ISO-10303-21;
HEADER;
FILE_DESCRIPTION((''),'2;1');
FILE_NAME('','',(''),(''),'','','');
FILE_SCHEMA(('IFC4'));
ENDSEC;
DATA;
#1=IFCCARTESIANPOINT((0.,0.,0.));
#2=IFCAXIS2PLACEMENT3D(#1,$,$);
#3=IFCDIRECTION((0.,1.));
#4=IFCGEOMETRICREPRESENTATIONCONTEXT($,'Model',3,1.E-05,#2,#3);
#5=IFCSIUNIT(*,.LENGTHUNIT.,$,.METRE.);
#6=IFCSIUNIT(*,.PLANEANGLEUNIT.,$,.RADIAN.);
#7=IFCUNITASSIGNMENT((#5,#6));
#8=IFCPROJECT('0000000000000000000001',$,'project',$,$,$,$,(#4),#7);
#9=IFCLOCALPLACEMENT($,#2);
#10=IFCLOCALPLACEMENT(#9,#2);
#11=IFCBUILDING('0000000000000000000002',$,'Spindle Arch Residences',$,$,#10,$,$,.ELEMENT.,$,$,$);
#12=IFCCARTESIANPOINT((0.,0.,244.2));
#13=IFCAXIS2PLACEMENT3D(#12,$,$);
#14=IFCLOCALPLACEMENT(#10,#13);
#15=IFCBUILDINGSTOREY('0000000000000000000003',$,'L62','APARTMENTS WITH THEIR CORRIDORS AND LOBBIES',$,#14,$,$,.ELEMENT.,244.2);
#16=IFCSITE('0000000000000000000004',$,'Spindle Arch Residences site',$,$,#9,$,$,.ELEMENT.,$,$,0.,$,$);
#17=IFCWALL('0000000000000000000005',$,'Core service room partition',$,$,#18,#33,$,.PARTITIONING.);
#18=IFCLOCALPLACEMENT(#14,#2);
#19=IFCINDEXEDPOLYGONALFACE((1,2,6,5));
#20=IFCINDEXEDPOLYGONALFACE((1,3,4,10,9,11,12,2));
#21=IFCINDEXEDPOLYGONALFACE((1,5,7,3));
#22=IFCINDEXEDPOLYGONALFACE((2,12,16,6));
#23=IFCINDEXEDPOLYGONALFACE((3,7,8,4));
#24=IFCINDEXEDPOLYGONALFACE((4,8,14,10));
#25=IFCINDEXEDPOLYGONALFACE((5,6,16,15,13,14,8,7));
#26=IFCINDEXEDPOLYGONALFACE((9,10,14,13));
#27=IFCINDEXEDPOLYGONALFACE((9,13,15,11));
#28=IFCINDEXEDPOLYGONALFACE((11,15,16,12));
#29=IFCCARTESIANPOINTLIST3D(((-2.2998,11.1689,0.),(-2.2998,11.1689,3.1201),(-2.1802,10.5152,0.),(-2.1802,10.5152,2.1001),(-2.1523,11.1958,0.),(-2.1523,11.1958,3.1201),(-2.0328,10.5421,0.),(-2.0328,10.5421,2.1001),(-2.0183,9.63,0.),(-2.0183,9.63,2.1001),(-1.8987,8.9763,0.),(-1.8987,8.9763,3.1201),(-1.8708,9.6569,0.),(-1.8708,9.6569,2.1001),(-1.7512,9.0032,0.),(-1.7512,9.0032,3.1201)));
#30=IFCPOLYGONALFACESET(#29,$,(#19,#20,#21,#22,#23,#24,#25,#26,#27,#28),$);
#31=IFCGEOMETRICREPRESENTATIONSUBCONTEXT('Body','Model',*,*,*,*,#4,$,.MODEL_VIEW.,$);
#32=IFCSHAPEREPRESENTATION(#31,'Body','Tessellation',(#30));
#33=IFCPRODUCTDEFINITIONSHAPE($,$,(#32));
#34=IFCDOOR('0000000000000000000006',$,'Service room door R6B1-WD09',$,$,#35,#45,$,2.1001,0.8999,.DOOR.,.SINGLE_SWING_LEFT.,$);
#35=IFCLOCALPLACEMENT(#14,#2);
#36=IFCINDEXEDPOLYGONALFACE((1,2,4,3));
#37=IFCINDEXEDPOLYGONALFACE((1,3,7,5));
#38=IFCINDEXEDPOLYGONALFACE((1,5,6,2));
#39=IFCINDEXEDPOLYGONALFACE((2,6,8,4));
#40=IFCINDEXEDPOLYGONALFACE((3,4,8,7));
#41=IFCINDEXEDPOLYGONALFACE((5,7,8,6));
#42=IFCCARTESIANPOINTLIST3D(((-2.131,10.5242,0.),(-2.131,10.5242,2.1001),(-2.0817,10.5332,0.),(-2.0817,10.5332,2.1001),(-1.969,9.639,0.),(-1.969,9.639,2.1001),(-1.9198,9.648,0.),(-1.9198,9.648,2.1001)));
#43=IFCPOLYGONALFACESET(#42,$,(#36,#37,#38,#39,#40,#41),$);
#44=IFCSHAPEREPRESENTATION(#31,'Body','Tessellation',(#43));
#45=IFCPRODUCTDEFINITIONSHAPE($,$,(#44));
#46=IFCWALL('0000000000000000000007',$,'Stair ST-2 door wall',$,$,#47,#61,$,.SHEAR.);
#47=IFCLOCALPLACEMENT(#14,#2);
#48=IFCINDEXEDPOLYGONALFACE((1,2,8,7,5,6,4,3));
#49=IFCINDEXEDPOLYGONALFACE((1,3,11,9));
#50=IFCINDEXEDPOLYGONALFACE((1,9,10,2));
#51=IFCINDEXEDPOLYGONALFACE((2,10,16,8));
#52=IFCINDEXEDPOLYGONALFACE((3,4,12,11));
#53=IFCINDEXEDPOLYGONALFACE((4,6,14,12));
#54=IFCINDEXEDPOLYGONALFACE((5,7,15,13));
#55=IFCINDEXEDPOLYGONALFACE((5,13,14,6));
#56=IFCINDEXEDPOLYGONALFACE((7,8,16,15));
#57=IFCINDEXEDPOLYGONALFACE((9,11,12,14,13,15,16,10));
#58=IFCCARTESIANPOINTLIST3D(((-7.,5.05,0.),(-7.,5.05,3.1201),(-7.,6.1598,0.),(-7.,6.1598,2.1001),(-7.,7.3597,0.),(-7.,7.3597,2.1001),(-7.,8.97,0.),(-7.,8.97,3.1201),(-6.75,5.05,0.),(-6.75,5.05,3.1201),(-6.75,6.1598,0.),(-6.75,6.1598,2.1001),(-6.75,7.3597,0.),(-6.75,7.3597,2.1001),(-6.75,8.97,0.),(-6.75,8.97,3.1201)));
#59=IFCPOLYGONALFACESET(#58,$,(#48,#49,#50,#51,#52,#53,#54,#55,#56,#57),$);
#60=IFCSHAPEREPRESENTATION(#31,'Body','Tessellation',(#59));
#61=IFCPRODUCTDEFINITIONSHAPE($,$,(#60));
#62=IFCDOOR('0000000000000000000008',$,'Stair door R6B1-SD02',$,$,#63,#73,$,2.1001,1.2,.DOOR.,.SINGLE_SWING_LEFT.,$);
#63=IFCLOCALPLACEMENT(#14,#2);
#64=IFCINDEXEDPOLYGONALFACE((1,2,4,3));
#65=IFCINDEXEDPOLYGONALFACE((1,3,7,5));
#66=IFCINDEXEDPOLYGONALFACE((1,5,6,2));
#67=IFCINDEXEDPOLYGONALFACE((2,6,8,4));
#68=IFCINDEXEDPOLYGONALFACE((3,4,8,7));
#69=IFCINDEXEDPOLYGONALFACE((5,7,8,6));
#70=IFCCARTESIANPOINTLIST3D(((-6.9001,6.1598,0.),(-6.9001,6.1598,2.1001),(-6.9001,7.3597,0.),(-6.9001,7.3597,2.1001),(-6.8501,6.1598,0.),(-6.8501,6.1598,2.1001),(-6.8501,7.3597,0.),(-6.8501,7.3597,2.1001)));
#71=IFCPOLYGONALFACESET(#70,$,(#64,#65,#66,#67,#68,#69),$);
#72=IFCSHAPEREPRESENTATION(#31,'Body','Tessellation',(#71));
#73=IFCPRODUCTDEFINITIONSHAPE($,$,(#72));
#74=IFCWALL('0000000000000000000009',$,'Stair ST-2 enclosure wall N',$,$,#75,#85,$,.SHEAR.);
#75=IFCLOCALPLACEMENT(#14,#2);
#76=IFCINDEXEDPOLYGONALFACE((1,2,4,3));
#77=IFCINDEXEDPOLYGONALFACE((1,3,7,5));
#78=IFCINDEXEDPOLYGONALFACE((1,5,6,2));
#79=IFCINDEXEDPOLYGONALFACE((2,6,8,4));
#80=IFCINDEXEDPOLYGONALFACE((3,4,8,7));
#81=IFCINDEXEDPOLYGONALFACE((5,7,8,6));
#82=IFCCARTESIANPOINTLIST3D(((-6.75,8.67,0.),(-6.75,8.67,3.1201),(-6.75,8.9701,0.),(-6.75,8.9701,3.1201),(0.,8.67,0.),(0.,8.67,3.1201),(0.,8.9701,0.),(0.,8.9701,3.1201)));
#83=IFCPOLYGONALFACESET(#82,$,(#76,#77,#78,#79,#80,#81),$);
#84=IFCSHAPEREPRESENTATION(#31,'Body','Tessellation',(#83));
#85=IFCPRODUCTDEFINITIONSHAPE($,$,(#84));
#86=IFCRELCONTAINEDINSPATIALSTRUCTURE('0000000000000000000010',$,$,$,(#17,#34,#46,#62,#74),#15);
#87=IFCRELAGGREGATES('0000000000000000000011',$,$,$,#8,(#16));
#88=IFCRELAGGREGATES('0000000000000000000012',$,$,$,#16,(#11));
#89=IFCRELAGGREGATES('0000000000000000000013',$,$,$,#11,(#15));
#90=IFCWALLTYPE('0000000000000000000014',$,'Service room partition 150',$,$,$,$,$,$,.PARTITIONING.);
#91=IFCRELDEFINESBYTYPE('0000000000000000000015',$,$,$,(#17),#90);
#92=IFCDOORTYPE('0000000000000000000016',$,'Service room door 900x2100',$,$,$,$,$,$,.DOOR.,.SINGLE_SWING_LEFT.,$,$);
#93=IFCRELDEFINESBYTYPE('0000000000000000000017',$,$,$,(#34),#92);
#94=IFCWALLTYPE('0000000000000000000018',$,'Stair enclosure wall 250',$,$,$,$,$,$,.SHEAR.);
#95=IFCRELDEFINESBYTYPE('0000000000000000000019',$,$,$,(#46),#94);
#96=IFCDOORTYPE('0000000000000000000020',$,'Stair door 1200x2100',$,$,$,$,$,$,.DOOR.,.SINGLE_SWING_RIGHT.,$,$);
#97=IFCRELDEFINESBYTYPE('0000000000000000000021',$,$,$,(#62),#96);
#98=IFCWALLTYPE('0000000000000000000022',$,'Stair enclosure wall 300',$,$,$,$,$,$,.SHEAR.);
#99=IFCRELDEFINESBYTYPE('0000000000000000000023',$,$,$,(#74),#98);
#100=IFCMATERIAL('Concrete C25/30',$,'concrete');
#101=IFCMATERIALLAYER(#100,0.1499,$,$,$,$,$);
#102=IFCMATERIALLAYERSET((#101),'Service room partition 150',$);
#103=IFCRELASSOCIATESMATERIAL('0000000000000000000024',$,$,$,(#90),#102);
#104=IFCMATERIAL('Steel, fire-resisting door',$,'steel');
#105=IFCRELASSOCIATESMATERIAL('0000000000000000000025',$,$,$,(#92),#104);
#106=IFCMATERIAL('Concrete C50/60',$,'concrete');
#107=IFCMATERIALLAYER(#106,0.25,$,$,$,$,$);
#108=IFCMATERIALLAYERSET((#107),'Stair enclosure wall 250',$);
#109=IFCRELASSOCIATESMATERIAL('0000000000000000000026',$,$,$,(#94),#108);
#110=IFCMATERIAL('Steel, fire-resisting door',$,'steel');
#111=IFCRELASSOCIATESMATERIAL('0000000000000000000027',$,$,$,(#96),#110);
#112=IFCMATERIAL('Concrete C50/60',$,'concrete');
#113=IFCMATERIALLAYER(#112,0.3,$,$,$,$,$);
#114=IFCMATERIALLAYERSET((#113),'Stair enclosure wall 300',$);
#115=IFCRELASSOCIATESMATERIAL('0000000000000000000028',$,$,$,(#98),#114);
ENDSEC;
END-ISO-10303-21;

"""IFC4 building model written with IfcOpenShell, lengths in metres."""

from ifc_helpers import new_model, si_unit, direction, frame, frame_2d, origin, place, context, subcontext, project, spatial, rectangle, extrude, material, layer, layer_set, type_object, element, fill, save


model = new_model("IFC4")

# Units and contexts
model_context = context("Model", 3, precision=1e-05, world=origin(), true_north=direction((0.0, 1.0)))
body_context = subcontext(model_context, "Body", "Model", "MODEL_VIEW")
ifc_project = project(units=[si_unit("LENGTHUNIT", "METRE"), si_unit("PLANEANGLEUNIT", "RADIAN")], contexts=[model_context])

# Site, building, storey
site_placement = place(None, origin())
site = spatial("IfcSite", under=ifc_project, at=site_placement, Name="Spindle Arch Residences site", CompositionType="ELEMENT", RefElevation=0.0)
building_placement = place(site_placement, origin())
building = spatial("IfcBuilding", under=site, at=building_placement, Name="Spindle Arch Residences", CompositionType="ELEMENT")
storey_placement = place(building_placement, frame((0.0, 0.0, 244.2)))
storey = spatial("IfcBuildingStorey", under=building, at=storey_placement, Name="L62", Description="APARTMENTS WITH THEIR CORRIDORS AND LOBBIES", CompositionType="ELEMENT", Elevation=244.2)

# Walls, openings, doors
ifc_material_1 = material(Name="Concrete C25/30", Category="concrete")
ifc_layer_1 = layer(ifc_material_1, 0.1499)
ifc_layer_set_1 = layer_set([ifc_layer_1], Name="Service room partition 150")
wall_type_1 = type_object("IfcWallType", Name="Service room partition 150", PredefinedType="PARTITIONING", material=ifc_layer_set_1)
wall_1_placement = place(storey_placement, frame((-1.825, 8.9897, 0.0), z_axis=(0.0, 0.0, 1.0), x_axis=(-0.179955, 0.983675, 0.0)))
wall_1 = element("IfcWall", 1, at=wall_1_placement, inside=storey, type_object=wall_type_1, Name="Core service room partition", PredefinedType="PARTITIONING", context=body_context, shape_type="SweptSolid", body=[
    extrude(rectangle(XDim=2.229, YDim=0.1499, at=frame_2d((1.1145, 0.0))), origin(), (0.0, 0.0, 1.0), 3.1201),
])
opening_1_placement = place(wall_1_placement, frame((0.6646, 0.0, 0.0)))
opening_1 = element("IfcOpeningElement", 2, at=opening_1_placement, cuts=wall_1, PredefinedType="OPENING", context=body_context, shape_type="SweptSolid", body=[
    extrude(rectangle(XDim=0.8999, YDim=2.1001, at=frame_2d((0.45, 1.05))), frame((0.0, 0.085, 0.0), z_axis=(0.0, -1.0, 0.0), x_axis=(1.0, 0.0, 0.0)), (0.0, 0.0, 1.0), 0.1699),
])
ifc_material_2 = material(Name="Steel, fire-resisting door", Category="steel")
door_type_1 = type_object("IfcDoorType", Name="Service room door 900x2100", OperationType="SINGLE_SWING_LEFT", PredefinedType="DOOR", material=ifc_material_2)
door_1_placement = place(opening_1_placement, origin())
door_1 = element("IfcDoor", 3, at=door_1_placement, inside=storey, type_object=door_type_1, Name="Service room door R6B1-WD09", OperationType="SINGLE_SWING_LEFT", OverallHeight=2.1001, OverallWidth=0.8999, PredefinedType="DOOR", context=body_context, shape_type="SweptSolid", body=[
    extrude(rectangle(XDim=0.8999, YDim=2.1001, at=frame_2d((0.45, 1.05))), frame((0.0, 0.0249, 0.0), z_axis=(0.0, -1.0, 0.0), x_axis=(1.0, 0.0, 0.0)), (0.0, 0.0, 1.0), 0.05),
])
fill(opening_1, door_1)
ifc_material_3 = material(Name="Concrete C50/60", Category="concrete")
ifc_layer_2 = layer(ifc_material_3, 0.25)
ifc_layer_set_2 = layer_set([ifc_layer_2], Name="Stair enclosure wall 250")
wall_type_2 = type_object("IfcWallType", Name="Stair enclosure wall 250", PredefinedType="SHEAR", material=ifc_layer_set_2)
wall_2_placement = place(storey_placement, frame((-6.875, 8.97, 0.0), z_axis=(0.0, 0.0, 1.0), x_axis=(0.0, -1.0, 0.0)))
wall_2 = element("IfcWall", 4, at=wall_2_placement, inside=storey, type_object=wall_type_2, Name="Stair ST-2 door wall", PredefinedType="SHEAR", context=body_context, shape_type="SweptSolid", body=[
    extrude(rectangle(XDim=3.9199, YDim=0.25, at=frame_2d((1.96, 0.0))), origin(), (0.0, 0.0, 1.0), 3.1201),
])
opening_2_placement = place(wall_2_placement, frame((1.6101, 0.0, 0.0)))
opening_2 = element("IfcOpeningElement", 5, at=opening_2_placement, cuts=wall_2, PredefinedType="OPENING", context=body_context, shape_type="SweptSolid", body=[
    extrude(rectangle(XDim=1.2, YDim=2.1001, at=frame_2d((0.6001, 1.05))), frame((0.0, 0.135, 0.0), z_axis=(0.0, -1.0, 0.0), x_axis=(1.0, 0.0, 0.0)), (0.0, 0.0, 1.0), 0.27),
])
ifc_material_4 = material(Name="Steel, fire-resisting door", Category="steel")
door_type_2 = type_object("IfcDoorType", Name="Stair door 1200x2100", OperationType="SINGLE_SWING_RIGHT", PredefinedType="DOOR", material=ifc_material_4)
door_2_placement = place(opening_2_placement, origin())
door_2 = element("IfcDoor", 6, at=door_2_placement, inside=storey, type_object=door_type_2, Name="Stair door R6B1-SD02", OperationType="SINGLE_SWING_LEFT", OverallHeight=2.1001, OverallWidth=1.2, PredefinedType="DOOR", context=body_context, shape_type="SweptSolid", body=[
    extrude(rectangle(XDim=1.2, YDim=2.1001, at=frame_2d((0.6001, 1.05))), frame((0.0, 0.0249, 0.0), z_axis=(0.0, -1.0, 0.0), x_axis=(1.0, 0.0, 0.0)), (0.0, 0.0, 1.0), 0.05),
])
fill(opening_2, door_2)

# Wall
ifc_material_5 = material(Name="Concrete C50/60", Category="concrete")
ifc_layer_3 = layer(ifc_material_5, 0.3)
ifc_layer_set_3 = layer_set([ifc_layer_3], Name="Stair enclosure wall 300")
wall_type_3 = type_object("IfcWallType", Name="Stair enclosure wall 300", PredefinedType="SHEAR", material=ifc_layer_set_3)
wall_3_placement = place(storey_placement, frame((-6.75, 8.8201, 0.0), z_axis=(0.0, 0.0, 1.0), x_axis=(1.0, 0.0, 0.0)))
element("IfcWall", 7, at=wall_3_placement, inside=storey, type_object=wall_type_3, Name="Stair ST-2 enclosure wall N", PredefinedType="SHEAR", context=body_context, shape_type="SweptSolid", body=[
    extrude(rectangle(XDim=6.75, YDim=0.3, at=frame_2d((3.375, 0.0))), origin(), (0.0, 0.0, 1.0), 3.1201),
])

save(model, "model.ifc")
